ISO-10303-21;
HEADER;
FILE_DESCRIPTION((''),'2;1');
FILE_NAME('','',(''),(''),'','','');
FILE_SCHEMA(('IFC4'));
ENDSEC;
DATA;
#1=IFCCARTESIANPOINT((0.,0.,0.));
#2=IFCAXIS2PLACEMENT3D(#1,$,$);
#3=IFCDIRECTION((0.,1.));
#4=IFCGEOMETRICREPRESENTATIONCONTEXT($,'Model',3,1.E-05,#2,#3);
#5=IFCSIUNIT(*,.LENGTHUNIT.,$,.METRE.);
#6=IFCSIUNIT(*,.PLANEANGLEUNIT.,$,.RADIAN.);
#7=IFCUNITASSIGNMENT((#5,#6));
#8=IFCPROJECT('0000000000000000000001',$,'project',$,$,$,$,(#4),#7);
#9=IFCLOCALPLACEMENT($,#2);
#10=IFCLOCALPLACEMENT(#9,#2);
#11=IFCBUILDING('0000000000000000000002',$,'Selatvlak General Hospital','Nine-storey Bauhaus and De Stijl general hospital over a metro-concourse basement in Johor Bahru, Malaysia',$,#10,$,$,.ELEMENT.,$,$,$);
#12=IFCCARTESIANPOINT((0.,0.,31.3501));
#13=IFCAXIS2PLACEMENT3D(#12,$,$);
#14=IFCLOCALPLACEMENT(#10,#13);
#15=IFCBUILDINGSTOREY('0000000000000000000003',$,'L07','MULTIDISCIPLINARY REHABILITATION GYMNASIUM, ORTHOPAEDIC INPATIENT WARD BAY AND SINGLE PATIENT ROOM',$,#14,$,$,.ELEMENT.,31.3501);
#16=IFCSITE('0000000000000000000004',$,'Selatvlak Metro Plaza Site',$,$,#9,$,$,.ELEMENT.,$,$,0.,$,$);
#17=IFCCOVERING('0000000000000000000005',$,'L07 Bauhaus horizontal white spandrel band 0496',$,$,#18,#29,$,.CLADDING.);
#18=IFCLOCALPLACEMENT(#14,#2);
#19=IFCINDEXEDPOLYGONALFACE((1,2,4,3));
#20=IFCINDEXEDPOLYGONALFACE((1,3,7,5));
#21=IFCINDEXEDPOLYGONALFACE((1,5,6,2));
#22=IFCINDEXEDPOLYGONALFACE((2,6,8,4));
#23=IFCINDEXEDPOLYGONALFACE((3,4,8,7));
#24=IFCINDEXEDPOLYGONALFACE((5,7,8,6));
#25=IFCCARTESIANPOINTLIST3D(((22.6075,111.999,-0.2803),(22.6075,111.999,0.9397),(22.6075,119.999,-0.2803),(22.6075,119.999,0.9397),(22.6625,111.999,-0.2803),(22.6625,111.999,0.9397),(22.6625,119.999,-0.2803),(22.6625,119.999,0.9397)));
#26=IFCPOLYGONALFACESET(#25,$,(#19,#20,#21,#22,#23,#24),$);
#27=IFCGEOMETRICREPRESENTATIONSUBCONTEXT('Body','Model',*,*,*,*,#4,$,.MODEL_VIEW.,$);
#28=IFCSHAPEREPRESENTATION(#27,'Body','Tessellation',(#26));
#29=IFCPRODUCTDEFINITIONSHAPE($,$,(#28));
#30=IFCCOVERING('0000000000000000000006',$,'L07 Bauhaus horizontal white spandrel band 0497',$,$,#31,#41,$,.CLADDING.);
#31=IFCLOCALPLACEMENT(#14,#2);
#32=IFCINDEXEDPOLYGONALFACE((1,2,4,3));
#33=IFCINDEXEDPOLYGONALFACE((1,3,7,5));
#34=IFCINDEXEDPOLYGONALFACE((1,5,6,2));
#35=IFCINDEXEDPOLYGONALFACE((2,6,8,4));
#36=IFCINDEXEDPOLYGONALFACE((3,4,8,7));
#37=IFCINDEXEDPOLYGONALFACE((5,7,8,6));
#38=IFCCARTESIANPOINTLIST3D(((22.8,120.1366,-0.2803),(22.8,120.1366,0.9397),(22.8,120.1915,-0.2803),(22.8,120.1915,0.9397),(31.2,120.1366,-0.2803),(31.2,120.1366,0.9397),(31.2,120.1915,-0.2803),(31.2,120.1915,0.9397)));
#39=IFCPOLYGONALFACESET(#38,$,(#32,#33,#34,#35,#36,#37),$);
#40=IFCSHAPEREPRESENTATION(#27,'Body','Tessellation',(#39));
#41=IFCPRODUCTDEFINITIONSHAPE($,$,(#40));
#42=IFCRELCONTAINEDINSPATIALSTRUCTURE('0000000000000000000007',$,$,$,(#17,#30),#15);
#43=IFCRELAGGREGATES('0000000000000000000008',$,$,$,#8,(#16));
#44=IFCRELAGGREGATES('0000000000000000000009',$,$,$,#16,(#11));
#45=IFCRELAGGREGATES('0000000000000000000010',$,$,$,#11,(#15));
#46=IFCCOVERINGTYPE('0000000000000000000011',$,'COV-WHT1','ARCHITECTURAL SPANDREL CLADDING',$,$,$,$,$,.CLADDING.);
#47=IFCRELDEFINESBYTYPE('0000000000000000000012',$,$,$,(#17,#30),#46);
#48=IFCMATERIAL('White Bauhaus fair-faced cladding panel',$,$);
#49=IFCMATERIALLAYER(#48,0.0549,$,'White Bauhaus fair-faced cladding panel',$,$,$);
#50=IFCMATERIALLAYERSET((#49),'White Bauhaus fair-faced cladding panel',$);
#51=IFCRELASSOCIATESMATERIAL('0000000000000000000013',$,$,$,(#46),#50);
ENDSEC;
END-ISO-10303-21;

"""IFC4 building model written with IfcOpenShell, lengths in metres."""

from ifc_helpers import new_model, si_unit, direction, frame, origin, origin_2d, place, context, subcontext, project, spatial, rectangle, extrude, material, layer, layer_set, type_object, element, save


model = new_model("IFC4")

# Units and contexts
model_context = context("Model", 3, precision=1e-05, world=origin(), true_north=direction((0.0, 1.0)))
body_context = subcontext(model_context, "Body", "Model", "MODEL_VIEW")
ifc_project = project(units=[si_unit("LENGTHUNIT", "METRE"), si_unit("PLANEANGLEUNIT", "RADIAN")], contexts=[model_context])

# Site, building, storey
site_placement = place(None, origin())
site = spatial("IfcSite", under=ifc_project, at=site_placement, Name="Selatvlak Metro Plaza Site", CompositionType="ELEMENT", RefElevation=0.0)
building_placement = place(site_placement, origin())
building = spatial("IfcBuilding", under=site, at=building_placement, Name="Selatvlak General Hospital", Description="Nine-storey Bauhaus and De Stijl general hospital over a metro-concourse basement in Johor Bahru, Malaysia", CompositionType="ELEMENT")
storey_placement = place(building_placement, frame((0.0, 0.0, 31.3501)))
storey = spatial("IfcBuildingStorey", under=building, at=storey_placement, Name="L07", Description="MULTIDISCIPLINARY REHABILITATION GYMNASIUM, ORTHOPAEDIC INPATIENT WARD BAY AND SINGLE PATIENT ROOM", CompositionType="ELEMENT", Elevation=31.3501)

# Coverings
ifc_material_1 = material(Name="White Bauhaus fair-faced cladding panel")
ifc_layer_1 = layer(ifc_material_1, 0.0549, Name="White Bauhaus fair-faced cladding panel")
ifc_layer_set_1 = layer_set([ifc_layer_1], Name="White Bauhaus fair-faced cladding panel")
covering_type = type_object("IfcCoveringType", Name="COV-WHT1", Description="ARCHITECTURAL SPANDREL CLADDING", PredefinedType="CLADDING", material=ifc_layer_set_1)
covering_1_placement = place(storey_placement, frame((22.635, 115.999, -0.2803), z_axis=(0.0, 0.0, 1.0), x_axis=(0.0, 1.0, 0.0)))
element("IfcCovering", 1, at=covering_1_placement, inside=storey, type_object=covering_type, Name="L07 Bauhaus horizontal white spandrel band 0496", PredefinedType="CLADDING", context=body_context, shape_type="SweptSolid", body=[
    extrude(rectangle(XDim=8.0, YDim=0.0549, at=origin_2d()), origin(), (0.0, 0.0, 1.0), 1.22),
])
covering_2_placement = place(storey_placement, frame((27.0, 120.1641, -0.2803), z_axis=(0.0, 0.0, 1.0), x_axis=(1.0, 0.0, 0.0)))
element("IfcCovering", 2, at=covering_2_placement, inside=storey, type_object=covering_type, Name="L07 Bauhaus horizontal white spandrel band 0497", PredefinedType="CLADDING", context=body_context, shape_type="SweptSolid", body=[
    extrude(rectangle(XDim=8.3999, YDim=0.0549, at=origin_2d()), origin(), (0.0, 0.0, 1.0), 1.22),
])

save(model, "model.ifc")
